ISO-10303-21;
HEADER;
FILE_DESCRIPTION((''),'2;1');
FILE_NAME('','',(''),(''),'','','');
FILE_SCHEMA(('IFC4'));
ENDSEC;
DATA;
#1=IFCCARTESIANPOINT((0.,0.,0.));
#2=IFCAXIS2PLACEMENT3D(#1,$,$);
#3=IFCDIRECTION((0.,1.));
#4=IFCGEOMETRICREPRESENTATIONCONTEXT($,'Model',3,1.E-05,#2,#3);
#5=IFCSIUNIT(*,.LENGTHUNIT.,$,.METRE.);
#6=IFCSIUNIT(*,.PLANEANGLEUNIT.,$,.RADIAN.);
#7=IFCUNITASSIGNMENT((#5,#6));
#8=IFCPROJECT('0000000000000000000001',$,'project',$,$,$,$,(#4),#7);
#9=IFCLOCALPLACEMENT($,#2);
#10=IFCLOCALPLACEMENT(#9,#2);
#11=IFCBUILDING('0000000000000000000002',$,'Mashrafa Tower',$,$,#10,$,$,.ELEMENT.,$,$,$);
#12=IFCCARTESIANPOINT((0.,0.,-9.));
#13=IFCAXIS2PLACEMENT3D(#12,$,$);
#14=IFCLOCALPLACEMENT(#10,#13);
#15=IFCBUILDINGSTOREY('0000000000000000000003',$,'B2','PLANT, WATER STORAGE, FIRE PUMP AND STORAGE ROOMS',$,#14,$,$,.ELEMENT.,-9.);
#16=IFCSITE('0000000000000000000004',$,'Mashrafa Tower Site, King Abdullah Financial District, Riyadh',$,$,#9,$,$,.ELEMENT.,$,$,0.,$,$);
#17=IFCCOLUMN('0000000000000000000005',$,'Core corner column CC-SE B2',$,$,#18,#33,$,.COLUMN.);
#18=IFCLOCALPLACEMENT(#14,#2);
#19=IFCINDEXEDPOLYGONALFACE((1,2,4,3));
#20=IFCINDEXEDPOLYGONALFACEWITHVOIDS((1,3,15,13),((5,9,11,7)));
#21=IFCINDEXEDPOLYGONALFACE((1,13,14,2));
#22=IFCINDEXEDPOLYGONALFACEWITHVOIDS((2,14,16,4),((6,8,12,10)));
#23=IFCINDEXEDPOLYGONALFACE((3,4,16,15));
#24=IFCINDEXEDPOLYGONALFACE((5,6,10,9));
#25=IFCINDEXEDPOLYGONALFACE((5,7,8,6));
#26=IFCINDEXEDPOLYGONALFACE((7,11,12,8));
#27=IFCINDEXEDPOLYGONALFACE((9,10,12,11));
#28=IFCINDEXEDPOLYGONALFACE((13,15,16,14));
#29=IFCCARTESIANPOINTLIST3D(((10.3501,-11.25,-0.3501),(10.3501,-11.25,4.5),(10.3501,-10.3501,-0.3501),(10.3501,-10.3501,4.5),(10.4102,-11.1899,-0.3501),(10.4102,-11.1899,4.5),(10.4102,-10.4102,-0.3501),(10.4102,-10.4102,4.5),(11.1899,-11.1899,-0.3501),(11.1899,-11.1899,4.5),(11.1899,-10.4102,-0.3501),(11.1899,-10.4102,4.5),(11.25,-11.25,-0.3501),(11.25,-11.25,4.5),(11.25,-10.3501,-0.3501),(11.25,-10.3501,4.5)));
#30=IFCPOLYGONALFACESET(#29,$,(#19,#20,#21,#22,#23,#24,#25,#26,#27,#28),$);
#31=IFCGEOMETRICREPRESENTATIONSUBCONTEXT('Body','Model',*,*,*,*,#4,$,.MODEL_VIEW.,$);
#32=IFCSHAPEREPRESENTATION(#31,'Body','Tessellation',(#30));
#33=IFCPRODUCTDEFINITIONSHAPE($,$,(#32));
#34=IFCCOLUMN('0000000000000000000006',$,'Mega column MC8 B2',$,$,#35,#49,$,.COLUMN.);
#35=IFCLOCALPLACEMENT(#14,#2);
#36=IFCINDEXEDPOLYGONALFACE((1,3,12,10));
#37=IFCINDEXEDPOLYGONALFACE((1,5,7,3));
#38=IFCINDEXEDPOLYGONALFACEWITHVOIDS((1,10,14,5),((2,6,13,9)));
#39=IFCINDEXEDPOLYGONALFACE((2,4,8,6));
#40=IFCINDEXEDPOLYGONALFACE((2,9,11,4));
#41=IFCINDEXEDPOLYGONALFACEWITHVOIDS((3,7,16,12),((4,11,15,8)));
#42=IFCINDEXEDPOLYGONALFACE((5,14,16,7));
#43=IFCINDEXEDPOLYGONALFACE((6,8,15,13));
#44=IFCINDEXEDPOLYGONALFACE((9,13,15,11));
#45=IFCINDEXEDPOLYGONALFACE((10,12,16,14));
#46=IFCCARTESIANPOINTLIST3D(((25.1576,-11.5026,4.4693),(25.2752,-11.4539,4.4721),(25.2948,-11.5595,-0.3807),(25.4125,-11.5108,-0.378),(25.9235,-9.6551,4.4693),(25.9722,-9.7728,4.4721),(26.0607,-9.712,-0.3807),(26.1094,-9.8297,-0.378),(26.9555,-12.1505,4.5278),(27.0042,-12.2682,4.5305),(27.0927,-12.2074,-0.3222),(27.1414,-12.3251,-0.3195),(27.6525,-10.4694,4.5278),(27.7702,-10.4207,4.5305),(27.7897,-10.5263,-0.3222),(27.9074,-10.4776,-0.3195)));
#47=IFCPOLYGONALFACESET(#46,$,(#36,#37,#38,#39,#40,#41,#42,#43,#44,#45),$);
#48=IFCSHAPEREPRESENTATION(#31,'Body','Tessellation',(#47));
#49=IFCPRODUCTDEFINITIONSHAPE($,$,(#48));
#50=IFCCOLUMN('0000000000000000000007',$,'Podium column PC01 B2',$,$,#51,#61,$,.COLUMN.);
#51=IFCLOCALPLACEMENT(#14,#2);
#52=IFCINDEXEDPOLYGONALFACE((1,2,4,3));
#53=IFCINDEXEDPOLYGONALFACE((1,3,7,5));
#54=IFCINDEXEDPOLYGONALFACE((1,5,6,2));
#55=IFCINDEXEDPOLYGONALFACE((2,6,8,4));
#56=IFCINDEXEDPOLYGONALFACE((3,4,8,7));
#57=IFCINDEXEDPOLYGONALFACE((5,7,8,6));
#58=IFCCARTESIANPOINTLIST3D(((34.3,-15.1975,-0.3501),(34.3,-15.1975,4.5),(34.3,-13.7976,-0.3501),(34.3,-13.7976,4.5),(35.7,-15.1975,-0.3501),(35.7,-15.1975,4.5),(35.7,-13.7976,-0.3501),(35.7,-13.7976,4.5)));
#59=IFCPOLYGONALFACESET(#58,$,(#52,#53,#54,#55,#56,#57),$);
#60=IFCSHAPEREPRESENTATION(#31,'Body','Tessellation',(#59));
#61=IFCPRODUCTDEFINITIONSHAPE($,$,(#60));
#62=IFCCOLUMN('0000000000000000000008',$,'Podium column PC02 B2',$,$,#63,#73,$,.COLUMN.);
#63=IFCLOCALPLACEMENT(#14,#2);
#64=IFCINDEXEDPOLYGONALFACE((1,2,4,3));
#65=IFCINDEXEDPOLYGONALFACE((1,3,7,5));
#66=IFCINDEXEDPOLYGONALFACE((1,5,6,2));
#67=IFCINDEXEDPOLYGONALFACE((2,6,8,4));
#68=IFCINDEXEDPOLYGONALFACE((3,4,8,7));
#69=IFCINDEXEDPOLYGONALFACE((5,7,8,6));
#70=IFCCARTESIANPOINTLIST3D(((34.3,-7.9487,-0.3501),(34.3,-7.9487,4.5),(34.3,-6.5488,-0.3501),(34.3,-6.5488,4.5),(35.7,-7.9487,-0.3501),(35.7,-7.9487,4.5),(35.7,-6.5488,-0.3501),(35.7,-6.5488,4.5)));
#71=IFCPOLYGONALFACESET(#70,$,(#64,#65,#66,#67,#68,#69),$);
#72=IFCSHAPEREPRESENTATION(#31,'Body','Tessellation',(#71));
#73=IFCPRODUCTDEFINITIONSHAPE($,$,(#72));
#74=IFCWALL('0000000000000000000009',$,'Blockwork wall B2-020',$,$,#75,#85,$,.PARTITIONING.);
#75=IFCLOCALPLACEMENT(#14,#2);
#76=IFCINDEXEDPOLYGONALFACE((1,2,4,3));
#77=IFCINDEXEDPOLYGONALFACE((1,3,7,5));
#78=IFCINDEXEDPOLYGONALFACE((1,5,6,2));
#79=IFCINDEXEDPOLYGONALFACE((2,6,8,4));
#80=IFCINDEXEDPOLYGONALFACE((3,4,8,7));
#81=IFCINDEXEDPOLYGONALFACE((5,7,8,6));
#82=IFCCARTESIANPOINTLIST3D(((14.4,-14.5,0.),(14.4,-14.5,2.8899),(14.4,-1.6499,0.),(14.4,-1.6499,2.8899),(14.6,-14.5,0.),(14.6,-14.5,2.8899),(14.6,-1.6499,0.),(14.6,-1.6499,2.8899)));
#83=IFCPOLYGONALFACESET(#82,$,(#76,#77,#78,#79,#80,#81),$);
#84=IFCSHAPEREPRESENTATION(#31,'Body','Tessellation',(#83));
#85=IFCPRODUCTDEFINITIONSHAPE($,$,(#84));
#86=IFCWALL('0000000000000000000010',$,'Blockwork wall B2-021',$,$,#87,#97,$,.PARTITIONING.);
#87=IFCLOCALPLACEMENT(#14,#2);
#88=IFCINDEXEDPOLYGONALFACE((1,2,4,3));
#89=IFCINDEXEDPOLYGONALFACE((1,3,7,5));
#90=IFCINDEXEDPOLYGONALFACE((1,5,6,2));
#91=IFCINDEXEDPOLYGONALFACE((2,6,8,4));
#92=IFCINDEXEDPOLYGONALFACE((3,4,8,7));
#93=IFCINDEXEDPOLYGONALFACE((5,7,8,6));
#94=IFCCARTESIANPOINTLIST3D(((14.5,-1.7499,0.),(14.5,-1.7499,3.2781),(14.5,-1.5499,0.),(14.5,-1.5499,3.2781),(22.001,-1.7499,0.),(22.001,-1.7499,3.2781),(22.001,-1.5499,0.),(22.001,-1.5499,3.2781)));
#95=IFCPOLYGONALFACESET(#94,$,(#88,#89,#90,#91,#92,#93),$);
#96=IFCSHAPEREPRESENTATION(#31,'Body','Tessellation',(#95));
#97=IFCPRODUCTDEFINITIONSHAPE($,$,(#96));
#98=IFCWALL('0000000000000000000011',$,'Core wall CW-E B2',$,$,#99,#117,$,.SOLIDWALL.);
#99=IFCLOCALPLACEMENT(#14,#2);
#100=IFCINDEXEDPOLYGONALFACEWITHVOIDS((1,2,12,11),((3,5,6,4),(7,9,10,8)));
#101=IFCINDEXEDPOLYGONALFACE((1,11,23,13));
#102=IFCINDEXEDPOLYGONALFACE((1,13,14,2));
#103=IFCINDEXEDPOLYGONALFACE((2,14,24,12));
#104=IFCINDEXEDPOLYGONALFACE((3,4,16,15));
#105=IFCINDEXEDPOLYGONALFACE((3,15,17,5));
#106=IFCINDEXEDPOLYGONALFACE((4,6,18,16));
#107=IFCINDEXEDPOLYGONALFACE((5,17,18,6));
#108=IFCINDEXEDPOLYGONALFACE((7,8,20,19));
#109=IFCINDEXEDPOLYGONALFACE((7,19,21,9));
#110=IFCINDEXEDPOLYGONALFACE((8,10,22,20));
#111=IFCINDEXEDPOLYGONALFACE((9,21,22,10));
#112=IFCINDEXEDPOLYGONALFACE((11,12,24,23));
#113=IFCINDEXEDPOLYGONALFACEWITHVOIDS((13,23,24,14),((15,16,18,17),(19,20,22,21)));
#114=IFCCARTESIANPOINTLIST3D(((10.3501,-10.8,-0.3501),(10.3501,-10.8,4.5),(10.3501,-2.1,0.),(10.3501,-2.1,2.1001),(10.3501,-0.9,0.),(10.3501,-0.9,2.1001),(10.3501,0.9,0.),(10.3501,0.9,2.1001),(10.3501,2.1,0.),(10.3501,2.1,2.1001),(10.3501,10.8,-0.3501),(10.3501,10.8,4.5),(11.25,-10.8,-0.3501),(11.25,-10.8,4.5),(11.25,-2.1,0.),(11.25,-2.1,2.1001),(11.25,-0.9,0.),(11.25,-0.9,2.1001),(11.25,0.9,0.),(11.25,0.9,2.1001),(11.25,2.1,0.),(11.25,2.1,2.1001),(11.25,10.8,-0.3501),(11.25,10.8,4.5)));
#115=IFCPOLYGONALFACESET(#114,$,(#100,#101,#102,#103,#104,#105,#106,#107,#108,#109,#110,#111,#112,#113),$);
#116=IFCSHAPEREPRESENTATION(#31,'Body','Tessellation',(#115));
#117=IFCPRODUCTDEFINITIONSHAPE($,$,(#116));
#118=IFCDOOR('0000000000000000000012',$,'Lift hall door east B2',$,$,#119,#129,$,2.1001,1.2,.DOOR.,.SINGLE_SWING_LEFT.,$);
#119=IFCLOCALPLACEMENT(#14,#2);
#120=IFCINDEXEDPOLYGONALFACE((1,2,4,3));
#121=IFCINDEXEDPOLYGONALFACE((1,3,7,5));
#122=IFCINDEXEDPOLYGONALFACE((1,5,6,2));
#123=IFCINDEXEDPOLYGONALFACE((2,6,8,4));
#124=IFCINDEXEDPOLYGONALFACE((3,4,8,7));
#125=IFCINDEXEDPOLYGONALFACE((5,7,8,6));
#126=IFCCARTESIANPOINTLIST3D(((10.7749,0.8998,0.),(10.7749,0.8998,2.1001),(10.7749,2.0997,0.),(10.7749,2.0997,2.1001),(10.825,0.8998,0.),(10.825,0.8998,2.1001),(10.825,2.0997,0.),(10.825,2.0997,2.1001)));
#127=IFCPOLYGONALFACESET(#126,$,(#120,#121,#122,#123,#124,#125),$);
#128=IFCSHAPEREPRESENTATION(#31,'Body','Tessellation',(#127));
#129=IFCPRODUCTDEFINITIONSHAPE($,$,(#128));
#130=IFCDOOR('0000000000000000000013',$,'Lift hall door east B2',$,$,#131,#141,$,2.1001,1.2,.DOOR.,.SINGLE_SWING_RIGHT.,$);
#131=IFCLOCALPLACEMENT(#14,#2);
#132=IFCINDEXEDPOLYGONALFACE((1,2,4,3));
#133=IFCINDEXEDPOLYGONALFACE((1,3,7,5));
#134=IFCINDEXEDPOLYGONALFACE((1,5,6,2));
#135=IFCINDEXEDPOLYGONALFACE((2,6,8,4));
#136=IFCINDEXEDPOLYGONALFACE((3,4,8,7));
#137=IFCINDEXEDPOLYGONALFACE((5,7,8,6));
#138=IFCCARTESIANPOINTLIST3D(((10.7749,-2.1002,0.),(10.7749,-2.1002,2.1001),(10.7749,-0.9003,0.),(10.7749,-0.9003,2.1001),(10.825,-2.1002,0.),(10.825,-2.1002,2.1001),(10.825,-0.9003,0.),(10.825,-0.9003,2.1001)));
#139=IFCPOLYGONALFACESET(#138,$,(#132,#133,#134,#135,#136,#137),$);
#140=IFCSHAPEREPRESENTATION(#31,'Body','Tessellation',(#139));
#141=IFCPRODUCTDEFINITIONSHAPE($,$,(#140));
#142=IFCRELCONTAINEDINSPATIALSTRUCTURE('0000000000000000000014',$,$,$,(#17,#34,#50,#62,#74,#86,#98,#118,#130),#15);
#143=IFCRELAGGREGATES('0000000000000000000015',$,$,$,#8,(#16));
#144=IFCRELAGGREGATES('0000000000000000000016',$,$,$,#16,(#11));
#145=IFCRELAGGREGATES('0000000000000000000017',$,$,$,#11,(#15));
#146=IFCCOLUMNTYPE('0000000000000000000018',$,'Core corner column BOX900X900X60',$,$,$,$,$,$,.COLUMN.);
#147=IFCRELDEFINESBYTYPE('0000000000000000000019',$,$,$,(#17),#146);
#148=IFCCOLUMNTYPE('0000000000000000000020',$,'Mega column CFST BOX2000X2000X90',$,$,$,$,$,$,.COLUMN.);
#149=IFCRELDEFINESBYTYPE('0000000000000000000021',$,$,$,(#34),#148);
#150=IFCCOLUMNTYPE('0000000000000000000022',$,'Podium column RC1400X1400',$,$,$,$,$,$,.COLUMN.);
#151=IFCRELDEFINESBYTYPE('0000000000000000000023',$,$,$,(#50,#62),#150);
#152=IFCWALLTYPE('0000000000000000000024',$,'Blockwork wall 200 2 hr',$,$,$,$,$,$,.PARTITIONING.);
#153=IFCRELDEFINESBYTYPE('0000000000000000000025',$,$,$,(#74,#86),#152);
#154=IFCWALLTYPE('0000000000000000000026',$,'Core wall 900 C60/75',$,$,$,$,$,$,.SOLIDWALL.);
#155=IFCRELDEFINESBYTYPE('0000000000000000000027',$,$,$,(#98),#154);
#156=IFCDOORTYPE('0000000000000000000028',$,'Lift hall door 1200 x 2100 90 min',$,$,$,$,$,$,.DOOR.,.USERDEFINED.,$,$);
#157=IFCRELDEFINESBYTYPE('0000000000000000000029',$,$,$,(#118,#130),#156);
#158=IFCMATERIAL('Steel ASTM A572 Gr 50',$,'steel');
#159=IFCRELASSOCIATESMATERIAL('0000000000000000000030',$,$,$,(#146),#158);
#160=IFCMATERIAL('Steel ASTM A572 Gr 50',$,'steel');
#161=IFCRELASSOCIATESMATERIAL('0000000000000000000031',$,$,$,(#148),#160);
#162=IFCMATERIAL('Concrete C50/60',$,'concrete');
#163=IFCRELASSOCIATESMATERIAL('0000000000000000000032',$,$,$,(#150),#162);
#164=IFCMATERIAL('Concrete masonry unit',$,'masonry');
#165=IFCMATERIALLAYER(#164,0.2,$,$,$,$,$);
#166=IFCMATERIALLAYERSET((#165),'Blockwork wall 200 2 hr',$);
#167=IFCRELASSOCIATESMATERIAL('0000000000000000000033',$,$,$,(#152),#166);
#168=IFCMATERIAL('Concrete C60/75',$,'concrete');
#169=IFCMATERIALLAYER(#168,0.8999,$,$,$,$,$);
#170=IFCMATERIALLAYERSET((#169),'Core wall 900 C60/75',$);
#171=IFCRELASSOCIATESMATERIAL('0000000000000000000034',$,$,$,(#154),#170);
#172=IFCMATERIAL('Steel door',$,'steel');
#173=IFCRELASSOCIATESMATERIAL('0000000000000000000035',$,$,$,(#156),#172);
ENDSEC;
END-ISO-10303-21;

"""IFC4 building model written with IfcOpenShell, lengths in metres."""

from ifc_helpers import new_model, si_unit, direction, frame, frame_2d, origin, origin_2d, place, context, subcontext, project, spatial, rectangle, hollow_rectangle, extrude, material, layer, layer_set, material_profile, profile_set, type_object, element, fill, save


model = new_model("IFC4")

# Units and contexts
model_context = context("Model", 3, precision=1e-05, world=origin(), true_north=direction((0.0, 1.0)))
body_context = subcontext(model_context, "Body", "Model", "MODEL_VIEW")
ifc_project = project(units=[si_unit("LENGTHUNIT", "METRE"), si_unit("PLANEANGLEUNIT", "RADIAN")], contexts=[model_context])

# Site, building, storey
site_placement = place(None, origin())
site = spatial("IfcSite", under=ifc_project, at=site_placement, Name="Mashrafa Tower Site, King Abdullah Financial District, Riyadh", CompositionType="ELEMENT", RefElevation=0.0)
building_placement = place(site_placement, origin())
building = spatial("IfcBuilding", under=site, at=building_placement, Name="Mashrafa Tower", CompositionType="ELEMENT")
storey_placement = place(building_placement, frame((0.0, 0.0, -9.0)))
storey = spatial("IfcBuildingStorey", under=building, at=storey_placement, Name="B2", Description="PLANT, WATER STORAGE, FIRE PUMP AND STORAGE ROOMS", CompositionType="ELEMENT", Elevation=-9.0)

# Columns
ifc_material_1 = material(Name="Steel ASTM A572 Gr 50", Category="steel")
ifc_material_profile_1 = material_profile(ifc_material_1, hollow_rectangle(XDim=0.8999, YDim=0.8999, WallThickness=0.0601, at=origin_2d()), Name="BOX900X900X60")
ifc_profile_set_1 = profile_set([ifc_material_profile_1], Name="Steel ASTM A572 Gr 50")
column_type_1 = type_object("IfcColumnType", Name="Core corner column BOX900X900X60", PredefinedType="COLUMN", material=ifc_profile_set_1)
column_1_placement = place(storey_placement, frame((10.8, -10.8, -0.3501), z_axis=(0.0, 0.0, 1.0), x_axis=(1.0, 0.0, 0.0)))
element("IfcColumn", 1, at=column_1_placement, inside=storey, type_object=column_type_1, Name="Core corner column CC-SE B2", PredefinedType="COLUMN", context=body_context, shape_type="SweptSolid", body=[
    extrude(hollow_rectangle(XDim=0.8999, YDim=0.8999, WallThickness=0.0601, at=origin_2d()), origin(), (0.0, 0.0, 1.0), 4.8501),
])
ifc_material_2 = material(Name="Steel ASTM A572 Gr 50", Category="steel")
ifc_material_profile_2 = material_profile(ifc_material_2, hollow_rectangle(XDim=2.0, YDim=2.0, WallThickness=0.0901, at=origin_2d()), Name="BOX2000X2000X90")
ifc_profile_set_2 = profile_set([ifc_material_profile_2], Name="Steel ASTM A572 Gr 50")
column_type_2 = type_object("IfcColumnType", Name="Mega column CFST BOX2000X2000X90", PredefinedType="COLUMN", material=ifc_profile_set_2)
column_2_placement = place(storey_placement, frame((26.6011, -11.0186, -0.3501), z_axis=(-0.028276, 0.011723, 0.999531), x_axis=(-0.382981, -0.923756, 0.0)))
element("IfcColumn", 2, at=column_2_placement, inside=storey, type_object=column_type_2, Name="Mega column MC8 B2", PredefinedType="COLUMN", context=body_context, shape_type="SweptSolid", body=[
    extrude(hollow_rectangle(XDim=2.0, YDim=2.0, WallThickness=0.0901, at=origin_2d()), origin(), (0.0, 0.0, 1.0), 4.8523),
])
ifc_material_3 = material(Name="Concrete C50/60", Category="concrete")
ifc_material_profile_3 = material_profile(ifc_material_3, rectangle(XDim=1.3999, YDim=1.3999, at=origin_2d()), Name="RC1400X1400")
ifc_profile_set_3 = profile_set([ifc_material_profile_3], Name="Concrete C50/60")
column_type_3 = type_object("IfcColumnType", Name="Podium column RC1400X1400", PredefinedType="COLUMN", material=ifc_profile_set_3)
for number, where, z_axis, x_axis, name in (
    (3, (35.0, -14.4976, -0.3501), (0.0, 0.0, 1.0), (1.0, 0.0, 0.0), "Podium column PC01 B2"),
    (4, (35.0, -7.2488, -0.3501), (0.0, 0.0, 1.0), (1.0, 0.0, 0.0), "Podium column PC02 B2"),
):
    element("IfcColumn", number, at=place(storey_placement, frame(where, z_axis=z_axis, x_axis=x_axis)), inside=storey, type_object=column_type_3, Name=name, PredefinedType="COLUMN", context=body_context, shape_type="SweptSolid", body=[
        extrude(rectangle(XDim=1.3999, YDim=1.3999, at=origin_2d()), origin(), (0.0, 0.0, 1.0), 4.8501),
    ])

# Walls
ifc_material_4 = material(Name="Concrete masonry unit", Category="masonry")
ifc_layer_1 = layer(ifc_material_4, 0.2)
ifc_layer_set_1 = layer_set([ifc_layer_1], Name="Blockwork wall 200 2 hr")
wall_type_1 = type_object("IfcWallType", Name="Blockwork wall 200 2 hr", PredefinedType="PARTITIONING", material=ifc_layer_set_1)
wall_1_placement = place(storey_placement, frame((14.5, -14.5, 0.0), z_axis=(0.0, 0.0, 1.0), x_axis=(0.0, 1.0, 0.0)))
element("IfcWall", 5, at=wall_1_placement, inside=storey, type_object=wall_type_1, Name="Blockwork wall B2-020", PredefinedType="PARTITIONING", context=body_context, shape_type="SweptSolid", body=[
    extrude(rectangle(XDim=12.8501, YDim=0.2, at=frame_2d((6.425, 0.0))), origin(), (0.0, 0.0, 1.0), 2.8899),
])
wall_2_placement = place(storey_placement, frame((14.5, -1.6499, 0.0), z_axis=(0.0, 0.0, 1.0), x_axis=(1.0, 0.0, 0.0)))
element("IfcWall", 6, at=wall_2_placement, inside=storey, type_object=wall_type_1, Name="Blockwork wall B2-021", PredefinedType="PARTITIONING", context=body_context, shape_type="SweptSolid", body=[
    extrude(rectangle(XDim=7.501, YDim=0.2, at=frame_2d((3.7505, 0.0))), origin(), (0.0, 0.0, 1.0), 3.2781),
])

# Wall, openings, doors
ifc_material_5 = material(Name="Concrete C60/75", Category="concrete")
ifc_layer_2 = layer(ifc_material_5, 0.8999)
ifc_layer_set_2 = layer_set([ifc_layer_2], Name="Core wall 900 C60/75")
wall_type_2 = type_object("IfcWallType", Name="Core wall 900 C60/75", PredefinedType="SOLIDWALL", material=ifc_layer_set_2)
wall_3_placement = place(storey_placement, frame((10.8, -10.8, -0.3501), z_axis=(0.0, 0.0, 1.0), x_axis=(0.0, 1.0, 0.0)))
wall_3 = element("IfcWall", 7, at=wall_3_placement, inside=storey, type_object=wall_type_2, Name="Core wall CW-E B2", PredefinedType="SOLIDWALL", context=body_context, shape_type="SweptSolid", body=[
    extrude(rectangle(XDim=21.6001, YDim=0.8999, at=frame_2d((10.8, 0.0))), origin(), (0.0, 0.0, 1.0), 4.8501),
])
opening_1_placement = place(wall_3_placement, frame((11.7, 0.0, 0.3501)))
opening_1 = element("IfcOpeningElement", 8, at=opening_1_placement, cuts=wall_3, PredefinedType="OPENING", context=body_context, shape_type="SweptSolid", body=[
    extrude(rectangle(XDim=1.2, YDim=2.1001, at=frame_2d((0.6001, 1.05))), frame((0.0, 0.46, 0.0), z_axis=(0.0, -1.0, 0.0), x_axis=(1.0, 0.0, 0.0)), (0.0, 0.0, 1.0), 0.9199),
])
opening_2_placement = place(wall_3_placement, frame((8.7, 0.0, 0.3501)))
opening_2 = element("IfcOpeningElement", 9, at=opening_2_placement, cuts=wall_3, PredefinedType="OPENING", context=body_context, shape_type="SweptSolid", body=[
    extrude(rectangle(XDim=1.2, YDim=2.1001, at=frame_2d((0.6001, 1.05))), frame((0.0, 0.46, 0.0), z_axis=(0.0, -1.0, 0.0), x_axis=(1.0, 0.0, 0.0)), (0.0, 0.0, 1.0), 0.9199),
])
ifc_material_6 = material(Name="Steel door", Category="steel")
door_type_1 = type_object("IfcDoorType", Name="Lift hall door 1200 x 2100 90 min", OperationType="USERDEFINED", PredefinedType="DOOR", material=ifc_material_6)
door_1_placement = place(opening_1_placement, frame((1.2, 0.0, 0.0), z_axis=(0.0, 0.0, 1.0), x_axis=(-1.0, 0.0, 0.0)))
door_1 = element("IfcDoor", 10, at=door_1_placement, inside=storey, type_object=door_type_1, Name="Lift hall door east B2", OperationType="SINGLE_SWING_LEFT", OverallHeight=2.1001, OverallWidth=1.2, PredefinedType="DOOR", context=body_context, shape_type="SweptSolid", body=[
    extrude(rectangle(XDim=1.2, YDim=2.1001, at=frame_2d((0.6001, 1.05))), frame((0.0, 0.0249, 0.0), z_axis=(0.0, -1.0, 0.0), x_axis=(1.0, 0.0, 0.0)), (0.0, 0.0, 1.0), 0.05),
])
fill(opening_1, door_1)
door_2_placement = place(opening_2_placement, frame((1.2, 0.0, 0.0), z_axis=(0.0, 0.0, 1.0), x_axis=(-1.0, 0.0, 0.0)))
door_2 = element("IfcDoor", 11, at=door_2_placement, inside=storey, type_object=door_type_1, Name="Lift hall door east B2", OperationType="SINGLE_SWING_RIGHT", OverallHeight=2.1001, OverallWidth=1.2, PredefinedType="DOOR", context=body_context, shape_type="SweptSolid", body=[
    extrude(rectangle(XDim=1.2, YDim=2.1001, at=frame_2d((0.6001, 1.05))), frame((0.0, 0.0249, 0.0), z_axis=(0.0, -1.0, 0.0), x_axis=(1.0, 0.0, 0.0)), (0.0, 0.0, 1.0), 0.05),
])
fill(opening_2, door_2)

save(model, "model.ifc")
